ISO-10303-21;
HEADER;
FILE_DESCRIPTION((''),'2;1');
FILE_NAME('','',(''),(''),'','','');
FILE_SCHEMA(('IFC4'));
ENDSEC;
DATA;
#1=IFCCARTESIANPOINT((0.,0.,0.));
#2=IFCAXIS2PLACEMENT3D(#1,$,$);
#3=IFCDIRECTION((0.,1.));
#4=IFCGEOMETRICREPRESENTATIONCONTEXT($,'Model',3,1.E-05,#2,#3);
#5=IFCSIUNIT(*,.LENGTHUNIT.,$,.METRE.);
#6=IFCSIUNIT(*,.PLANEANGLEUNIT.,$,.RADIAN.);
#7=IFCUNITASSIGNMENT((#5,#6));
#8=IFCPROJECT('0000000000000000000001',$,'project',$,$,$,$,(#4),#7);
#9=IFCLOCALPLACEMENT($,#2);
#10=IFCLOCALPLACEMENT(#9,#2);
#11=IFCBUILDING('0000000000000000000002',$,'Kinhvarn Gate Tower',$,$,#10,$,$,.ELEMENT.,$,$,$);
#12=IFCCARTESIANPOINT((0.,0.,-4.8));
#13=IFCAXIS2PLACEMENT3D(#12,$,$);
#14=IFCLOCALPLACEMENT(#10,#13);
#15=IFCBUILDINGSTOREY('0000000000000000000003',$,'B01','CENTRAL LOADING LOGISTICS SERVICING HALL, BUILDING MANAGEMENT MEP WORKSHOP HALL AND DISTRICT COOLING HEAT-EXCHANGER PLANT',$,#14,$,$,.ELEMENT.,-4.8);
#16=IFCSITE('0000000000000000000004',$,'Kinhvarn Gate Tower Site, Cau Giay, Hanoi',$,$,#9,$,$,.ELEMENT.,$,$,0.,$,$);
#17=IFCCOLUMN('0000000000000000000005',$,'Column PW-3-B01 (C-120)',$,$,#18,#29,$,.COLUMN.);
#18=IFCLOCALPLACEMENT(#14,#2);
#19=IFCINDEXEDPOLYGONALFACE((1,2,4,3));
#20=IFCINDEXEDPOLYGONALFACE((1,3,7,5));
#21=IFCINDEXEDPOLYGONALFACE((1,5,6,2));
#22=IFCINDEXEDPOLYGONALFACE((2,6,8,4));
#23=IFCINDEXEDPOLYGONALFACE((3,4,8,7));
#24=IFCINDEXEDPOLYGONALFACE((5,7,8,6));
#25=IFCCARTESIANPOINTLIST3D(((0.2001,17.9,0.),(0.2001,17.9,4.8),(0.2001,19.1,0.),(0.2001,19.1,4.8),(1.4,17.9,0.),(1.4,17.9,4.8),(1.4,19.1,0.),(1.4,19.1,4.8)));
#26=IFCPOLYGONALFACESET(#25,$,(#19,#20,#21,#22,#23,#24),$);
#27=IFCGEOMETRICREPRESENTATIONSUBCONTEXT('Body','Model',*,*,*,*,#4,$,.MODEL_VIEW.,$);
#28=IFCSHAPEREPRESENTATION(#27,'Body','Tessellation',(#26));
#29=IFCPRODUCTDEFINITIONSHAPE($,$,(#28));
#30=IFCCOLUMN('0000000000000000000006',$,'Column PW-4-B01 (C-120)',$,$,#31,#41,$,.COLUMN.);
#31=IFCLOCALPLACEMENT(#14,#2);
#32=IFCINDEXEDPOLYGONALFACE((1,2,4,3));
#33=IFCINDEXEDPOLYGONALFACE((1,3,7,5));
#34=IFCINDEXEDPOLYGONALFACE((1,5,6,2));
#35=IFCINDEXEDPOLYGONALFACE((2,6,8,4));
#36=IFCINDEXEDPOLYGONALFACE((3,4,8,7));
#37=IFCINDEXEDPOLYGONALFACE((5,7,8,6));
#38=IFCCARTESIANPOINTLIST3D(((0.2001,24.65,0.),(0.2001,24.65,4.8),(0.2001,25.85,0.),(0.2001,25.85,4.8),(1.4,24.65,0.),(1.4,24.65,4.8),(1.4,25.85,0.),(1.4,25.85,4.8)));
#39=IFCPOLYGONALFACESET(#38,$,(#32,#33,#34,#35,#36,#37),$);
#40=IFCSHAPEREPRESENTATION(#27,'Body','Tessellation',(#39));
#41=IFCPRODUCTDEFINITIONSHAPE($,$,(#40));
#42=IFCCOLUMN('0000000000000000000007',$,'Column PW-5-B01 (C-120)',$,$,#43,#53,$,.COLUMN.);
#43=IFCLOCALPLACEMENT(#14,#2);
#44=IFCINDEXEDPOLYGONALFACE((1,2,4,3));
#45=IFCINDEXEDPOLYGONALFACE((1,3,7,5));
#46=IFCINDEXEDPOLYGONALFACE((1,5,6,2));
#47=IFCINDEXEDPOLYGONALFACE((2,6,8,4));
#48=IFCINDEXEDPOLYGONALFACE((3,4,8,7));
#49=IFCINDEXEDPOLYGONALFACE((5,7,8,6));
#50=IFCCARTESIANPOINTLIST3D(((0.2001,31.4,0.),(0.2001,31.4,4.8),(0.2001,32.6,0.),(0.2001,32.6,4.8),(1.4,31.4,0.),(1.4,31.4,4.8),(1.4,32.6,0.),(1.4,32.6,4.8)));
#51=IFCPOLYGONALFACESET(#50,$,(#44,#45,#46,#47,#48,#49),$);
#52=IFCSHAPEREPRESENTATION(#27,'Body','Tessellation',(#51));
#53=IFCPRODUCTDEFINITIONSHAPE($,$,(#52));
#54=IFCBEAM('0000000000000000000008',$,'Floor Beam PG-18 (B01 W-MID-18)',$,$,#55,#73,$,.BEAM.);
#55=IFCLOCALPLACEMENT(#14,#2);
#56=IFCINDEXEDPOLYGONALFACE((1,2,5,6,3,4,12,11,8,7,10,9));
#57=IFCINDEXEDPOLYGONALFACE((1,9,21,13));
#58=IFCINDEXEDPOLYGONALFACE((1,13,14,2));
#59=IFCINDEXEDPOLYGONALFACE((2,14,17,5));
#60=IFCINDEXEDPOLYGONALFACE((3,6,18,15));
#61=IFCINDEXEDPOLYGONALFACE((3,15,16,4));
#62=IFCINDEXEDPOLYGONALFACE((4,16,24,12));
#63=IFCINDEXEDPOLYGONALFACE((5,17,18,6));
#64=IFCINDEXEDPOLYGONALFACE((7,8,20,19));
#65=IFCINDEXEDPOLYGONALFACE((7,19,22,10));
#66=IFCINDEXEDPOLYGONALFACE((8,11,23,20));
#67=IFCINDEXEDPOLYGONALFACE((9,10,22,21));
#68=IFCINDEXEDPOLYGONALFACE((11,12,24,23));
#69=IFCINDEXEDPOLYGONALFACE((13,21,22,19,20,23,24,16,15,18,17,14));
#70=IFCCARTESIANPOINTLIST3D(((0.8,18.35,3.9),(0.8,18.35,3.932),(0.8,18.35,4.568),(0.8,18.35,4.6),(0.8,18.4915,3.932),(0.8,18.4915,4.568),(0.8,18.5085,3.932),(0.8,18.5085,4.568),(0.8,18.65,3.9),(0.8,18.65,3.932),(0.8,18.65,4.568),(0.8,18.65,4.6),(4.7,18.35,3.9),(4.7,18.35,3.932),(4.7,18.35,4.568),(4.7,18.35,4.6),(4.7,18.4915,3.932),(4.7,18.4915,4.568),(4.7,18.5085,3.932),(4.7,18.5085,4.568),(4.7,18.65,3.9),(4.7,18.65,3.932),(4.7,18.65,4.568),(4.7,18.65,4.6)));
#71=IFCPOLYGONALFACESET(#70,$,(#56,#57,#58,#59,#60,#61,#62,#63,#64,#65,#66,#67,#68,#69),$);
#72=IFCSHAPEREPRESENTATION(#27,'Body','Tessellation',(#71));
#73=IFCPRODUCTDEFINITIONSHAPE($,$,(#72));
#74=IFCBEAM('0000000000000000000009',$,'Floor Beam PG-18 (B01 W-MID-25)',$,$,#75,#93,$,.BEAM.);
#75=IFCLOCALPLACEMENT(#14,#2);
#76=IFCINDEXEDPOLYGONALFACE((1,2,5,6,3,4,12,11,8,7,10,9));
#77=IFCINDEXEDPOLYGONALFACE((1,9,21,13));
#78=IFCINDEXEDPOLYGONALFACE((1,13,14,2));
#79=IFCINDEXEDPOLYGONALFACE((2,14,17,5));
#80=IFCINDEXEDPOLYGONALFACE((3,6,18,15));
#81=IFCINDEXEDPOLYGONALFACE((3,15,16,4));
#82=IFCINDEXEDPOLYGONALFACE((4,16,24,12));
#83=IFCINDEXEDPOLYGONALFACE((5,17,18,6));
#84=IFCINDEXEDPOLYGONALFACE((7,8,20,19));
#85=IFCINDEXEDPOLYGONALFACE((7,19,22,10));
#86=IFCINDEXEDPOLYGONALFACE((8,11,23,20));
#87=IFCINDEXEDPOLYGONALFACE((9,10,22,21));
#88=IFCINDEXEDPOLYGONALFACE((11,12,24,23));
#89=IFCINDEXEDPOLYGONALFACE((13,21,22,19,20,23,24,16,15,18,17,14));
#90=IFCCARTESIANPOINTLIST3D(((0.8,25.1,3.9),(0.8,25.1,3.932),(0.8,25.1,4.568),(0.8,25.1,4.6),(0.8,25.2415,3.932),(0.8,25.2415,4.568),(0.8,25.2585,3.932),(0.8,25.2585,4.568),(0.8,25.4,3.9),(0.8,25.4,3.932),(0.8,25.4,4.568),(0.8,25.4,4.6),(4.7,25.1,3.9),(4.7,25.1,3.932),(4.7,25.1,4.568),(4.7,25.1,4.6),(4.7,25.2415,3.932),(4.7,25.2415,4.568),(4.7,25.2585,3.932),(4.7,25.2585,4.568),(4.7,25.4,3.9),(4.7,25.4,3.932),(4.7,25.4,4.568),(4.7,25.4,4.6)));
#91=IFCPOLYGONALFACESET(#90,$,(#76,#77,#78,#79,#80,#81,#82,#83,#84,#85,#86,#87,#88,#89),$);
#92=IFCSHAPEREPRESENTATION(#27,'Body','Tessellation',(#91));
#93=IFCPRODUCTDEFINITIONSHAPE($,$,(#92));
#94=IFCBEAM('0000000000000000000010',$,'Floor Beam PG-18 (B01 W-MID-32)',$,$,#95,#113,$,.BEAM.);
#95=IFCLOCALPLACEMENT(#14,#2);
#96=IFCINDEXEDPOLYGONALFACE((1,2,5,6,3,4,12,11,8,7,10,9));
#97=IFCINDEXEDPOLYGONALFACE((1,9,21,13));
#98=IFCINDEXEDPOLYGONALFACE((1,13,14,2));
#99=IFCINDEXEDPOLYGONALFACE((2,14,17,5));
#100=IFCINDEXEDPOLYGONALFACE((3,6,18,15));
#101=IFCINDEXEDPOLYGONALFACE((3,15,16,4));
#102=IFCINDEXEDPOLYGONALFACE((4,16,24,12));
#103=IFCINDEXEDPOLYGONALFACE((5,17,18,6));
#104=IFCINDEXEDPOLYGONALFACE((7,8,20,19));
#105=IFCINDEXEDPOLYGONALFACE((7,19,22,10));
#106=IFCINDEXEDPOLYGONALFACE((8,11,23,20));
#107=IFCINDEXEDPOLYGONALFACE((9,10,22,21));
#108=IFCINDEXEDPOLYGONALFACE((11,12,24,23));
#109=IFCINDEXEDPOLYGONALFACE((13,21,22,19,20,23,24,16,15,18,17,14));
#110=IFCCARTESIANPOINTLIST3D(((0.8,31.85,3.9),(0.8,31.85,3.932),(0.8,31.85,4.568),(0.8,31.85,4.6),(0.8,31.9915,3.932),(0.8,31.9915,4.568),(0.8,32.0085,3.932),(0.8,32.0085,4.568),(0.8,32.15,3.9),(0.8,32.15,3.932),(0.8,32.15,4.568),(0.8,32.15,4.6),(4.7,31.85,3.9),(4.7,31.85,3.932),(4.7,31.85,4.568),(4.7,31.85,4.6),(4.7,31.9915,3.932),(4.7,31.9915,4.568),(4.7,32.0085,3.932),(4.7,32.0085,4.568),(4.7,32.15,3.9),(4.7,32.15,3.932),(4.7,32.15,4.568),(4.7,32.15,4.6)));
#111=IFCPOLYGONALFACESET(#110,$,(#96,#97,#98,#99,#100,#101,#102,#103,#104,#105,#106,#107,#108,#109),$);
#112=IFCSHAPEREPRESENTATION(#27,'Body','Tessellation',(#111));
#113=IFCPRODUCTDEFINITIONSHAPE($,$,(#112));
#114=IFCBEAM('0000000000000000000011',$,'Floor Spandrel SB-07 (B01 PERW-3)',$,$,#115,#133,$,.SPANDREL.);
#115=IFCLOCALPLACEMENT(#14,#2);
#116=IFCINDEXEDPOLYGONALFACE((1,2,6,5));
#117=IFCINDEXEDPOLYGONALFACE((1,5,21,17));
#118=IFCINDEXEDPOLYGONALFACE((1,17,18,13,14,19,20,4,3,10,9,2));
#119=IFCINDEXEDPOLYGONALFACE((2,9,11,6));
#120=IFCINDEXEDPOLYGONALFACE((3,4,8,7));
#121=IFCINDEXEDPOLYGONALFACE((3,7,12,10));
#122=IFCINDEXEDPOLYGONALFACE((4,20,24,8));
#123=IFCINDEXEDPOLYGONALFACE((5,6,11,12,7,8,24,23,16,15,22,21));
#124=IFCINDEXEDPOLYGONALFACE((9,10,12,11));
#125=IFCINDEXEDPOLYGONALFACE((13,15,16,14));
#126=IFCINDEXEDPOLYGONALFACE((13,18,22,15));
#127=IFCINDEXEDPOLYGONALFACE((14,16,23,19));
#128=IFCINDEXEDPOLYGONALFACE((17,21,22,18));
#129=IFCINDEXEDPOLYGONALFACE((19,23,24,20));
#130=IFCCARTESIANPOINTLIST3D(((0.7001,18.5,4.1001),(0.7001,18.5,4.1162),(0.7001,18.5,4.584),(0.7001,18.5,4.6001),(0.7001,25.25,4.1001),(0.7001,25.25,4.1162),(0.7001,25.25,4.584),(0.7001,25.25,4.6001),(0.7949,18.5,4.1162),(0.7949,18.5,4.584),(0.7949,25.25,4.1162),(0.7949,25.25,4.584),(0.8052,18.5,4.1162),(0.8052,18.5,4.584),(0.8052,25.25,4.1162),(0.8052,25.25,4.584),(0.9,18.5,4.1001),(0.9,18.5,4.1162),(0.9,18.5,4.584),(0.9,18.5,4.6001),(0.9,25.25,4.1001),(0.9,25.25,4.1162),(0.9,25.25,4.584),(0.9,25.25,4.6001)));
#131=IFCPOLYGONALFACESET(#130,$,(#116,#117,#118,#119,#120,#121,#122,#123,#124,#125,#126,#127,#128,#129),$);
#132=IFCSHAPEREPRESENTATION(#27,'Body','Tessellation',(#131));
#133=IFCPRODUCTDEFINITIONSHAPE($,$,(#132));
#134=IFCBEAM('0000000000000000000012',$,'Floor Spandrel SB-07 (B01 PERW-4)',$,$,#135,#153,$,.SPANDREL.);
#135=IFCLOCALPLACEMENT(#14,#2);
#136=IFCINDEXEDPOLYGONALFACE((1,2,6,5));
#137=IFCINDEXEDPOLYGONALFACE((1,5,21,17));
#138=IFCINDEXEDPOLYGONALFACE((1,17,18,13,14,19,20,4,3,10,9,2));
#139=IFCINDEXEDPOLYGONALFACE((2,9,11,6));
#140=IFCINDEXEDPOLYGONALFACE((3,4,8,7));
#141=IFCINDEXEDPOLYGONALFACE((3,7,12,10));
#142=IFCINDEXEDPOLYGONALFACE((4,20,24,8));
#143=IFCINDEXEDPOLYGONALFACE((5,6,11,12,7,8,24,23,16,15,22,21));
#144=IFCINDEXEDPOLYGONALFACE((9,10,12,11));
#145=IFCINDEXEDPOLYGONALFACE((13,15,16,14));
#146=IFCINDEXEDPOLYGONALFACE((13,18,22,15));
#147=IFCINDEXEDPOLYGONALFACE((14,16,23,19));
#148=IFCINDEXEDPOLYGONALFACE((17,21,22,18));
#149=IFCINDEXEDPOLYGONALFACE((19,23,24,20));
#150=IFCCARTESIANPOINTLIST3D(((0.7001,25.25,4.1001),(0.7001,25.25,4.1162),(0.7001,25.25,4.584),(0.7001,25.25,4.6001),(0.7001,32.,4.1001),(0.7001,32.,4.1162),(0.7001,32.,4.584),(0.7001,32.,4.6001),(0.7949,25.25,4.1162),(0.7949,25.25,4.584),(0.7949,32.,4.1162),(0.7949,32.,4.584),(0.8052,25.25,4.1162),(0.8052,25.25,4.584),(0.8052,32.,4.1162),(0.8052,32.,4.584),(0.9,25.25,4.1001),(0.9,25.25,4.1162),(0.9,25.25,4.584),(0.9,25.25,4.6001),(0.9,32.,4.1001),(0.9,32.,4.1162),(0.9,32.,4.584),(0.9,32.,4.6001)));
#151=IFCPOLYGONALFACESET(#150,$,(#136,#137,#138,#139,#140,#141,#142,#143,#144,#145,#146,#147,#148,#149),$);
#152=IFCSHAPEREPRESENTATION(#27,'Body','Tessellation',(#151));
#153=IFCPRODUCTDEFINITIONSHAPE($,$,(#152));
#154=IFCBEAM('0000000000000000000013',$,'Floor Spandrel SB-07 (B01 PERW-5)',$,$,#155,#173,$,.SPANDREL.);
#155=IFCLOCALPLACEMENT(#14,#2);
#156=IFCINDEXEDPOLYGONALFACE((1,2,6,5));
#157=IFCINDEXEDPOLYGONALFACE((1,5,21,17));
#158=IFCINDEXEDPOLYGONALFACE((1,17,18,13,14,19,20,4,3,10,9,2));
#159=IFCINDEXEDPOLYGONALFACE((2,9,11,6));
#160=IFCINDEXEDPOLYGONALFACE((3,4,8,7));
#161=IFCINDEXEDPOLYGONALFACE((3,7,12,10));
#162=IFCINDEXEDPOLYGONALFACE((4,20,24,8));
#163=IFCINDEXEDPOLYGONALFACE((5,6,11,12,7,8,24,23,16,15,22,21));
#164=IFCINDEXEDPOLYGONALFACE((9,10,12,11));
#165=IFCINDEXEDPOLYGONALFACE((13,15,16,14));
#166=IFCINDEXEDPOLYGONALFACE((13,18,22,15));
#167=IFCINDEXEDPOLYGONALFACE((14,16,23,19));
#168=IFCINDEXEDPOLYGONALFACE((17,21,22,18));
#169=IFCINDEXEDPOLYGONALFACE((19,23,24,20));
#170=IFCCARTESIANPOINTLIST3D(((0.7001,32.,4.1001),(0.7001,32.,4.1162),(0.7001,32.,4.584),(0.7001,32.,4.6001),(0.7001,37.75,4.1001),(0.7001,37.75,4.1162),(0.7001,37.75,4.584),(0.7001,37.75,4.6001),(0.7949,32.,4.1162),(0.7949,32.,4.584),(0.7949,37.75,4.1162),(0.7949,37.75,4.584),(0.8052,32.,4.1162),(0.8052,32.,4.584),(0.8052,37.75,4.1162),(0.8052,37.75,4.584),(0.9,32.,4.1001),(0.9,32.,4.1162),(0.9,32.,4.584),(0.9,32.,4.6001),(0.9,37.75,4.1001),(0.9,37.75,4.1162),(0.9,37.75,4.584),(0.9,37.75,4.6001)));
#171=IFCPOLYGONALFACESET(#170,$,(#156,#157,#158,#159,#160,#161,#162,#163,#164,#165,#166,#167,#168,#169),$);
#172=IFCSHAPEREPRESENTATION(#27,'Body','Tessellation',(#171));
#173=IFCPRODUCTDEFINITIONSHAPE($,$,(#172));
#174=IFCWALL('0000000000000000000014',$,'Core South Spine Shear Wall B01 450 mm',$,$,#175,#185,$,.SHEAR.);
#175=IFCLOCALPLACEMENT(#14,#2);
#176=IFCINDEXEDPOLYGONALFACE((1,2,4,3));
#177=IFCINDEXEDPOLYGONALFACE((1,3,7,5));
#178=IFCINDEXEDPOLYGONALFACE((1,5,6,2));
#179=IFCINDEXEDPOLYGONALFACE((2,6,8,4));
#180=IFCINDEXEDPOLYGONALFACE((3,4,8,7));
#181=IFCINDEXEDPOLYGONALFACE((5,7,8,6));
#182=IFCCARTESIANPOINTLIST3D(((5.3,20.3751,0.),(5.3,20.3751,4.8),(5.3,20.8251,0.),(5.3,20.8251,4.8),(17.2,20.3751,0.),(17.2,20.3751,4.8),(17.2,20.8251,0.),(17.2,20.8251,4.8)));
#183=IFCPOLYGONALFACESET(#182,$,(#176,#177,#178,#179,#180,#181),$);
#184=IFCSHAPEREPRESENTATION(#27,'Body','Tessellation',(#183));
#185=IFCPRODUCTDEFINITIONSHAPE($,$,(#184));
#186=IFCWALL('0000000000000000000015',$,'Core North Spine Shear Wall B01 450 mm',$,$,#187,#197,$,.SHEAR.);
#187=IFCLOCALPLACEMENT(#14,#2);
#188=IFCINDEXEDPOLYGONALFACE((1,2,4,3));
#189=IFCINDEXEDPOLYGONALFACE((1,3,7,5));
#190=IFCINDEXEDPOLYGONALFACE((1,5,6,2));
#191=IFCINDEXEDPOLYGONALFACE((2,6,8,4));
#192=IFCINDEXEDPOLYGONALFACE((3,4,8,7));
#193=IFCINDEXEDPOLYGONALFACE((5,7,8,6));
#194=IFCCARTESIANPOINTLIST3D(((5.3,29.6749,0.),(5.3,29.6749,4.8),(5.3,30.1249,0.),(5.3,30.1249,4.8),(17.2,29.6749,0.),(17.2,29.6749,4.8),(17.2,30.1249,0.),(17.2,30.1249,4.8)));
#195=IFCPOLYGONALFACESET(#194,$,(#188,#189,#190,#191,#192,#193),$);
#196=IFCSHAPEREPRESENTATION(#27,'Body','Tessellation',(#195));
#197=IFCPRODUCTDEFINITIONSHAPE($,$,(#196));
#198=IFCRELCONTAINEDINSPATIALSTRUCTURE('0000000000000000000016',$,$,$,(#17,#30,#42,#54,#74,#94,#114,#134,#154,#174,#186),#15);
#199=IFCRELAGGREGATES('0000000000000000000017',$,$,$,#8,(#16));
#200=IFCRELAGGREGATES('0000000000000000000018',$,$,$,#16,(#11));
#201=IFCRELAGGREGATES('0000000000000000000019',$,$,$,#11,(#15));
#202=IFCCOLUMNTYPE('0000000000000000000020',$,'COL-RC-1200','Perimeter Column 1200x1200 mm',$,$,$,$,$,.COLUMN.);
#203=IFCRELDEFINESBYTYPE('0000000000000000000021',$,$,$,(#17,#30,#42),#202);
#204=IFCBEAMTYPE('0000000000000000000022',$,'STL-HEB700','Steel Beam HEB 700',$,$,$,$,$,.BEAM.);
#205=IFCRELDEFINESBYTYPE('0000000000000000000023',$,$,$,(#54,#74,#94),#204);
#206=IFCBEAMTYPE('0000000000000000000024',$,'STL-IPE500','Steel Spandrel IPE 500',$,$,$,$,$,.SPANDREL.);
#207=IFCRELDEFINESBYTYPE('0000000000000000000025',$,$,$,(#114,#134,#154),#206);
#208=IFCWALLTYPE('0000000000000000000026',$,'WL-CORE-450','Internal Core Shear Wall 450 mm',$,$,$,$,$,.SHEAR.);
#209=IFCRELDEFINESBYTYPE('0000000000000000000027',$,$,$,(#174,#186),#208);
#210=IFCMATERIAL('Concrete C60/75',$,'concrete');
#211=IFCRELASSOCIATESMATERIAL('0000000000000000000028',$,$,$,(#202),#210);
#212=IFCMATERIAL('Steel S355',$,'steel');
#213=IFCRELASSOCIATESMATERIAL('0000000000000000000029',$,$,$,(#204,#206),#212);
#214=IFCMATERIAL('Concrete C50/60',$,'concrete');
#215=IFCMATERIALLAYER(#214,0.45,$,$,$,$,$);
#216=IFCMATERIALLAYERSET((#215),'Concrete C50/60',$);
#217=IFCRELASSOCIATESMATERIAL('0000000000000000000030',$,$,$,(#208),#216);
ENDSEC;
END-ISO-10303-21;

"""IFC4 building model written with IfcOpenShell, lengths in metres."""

from ifc_helpers import new_model, si_unit, direction, frame, frame_2d, origin, origin_2d, place, context, subcontext, project, spatial, rectangle, i_section, extrude, material, layer, layer_set, material_profile, profile_set, type_object, element, save


model = new_model("IFC4")

# Units and contexts
model_context = context("Model", 3, precision=1e-05, world=origin(), true_north=direction((0.0, 1.0)))
body_context = subcontext(model_context, "Body", "Model", "MODEL_VIEW")
ifc_project = project(units=[si_unit("LENGTHUNIT", "METRE"), si_unit("PLANEANGLEUNIT", "RADIAN")], contexts=[model_context])

# Site, building, storey
site_placement = place(None, origin())
site = spatial("IfcSite", under=ifc_project, at=site_placement, Name="Kinhvarn Gate Tower Site, Cau Giay, Hanoi", CompositionType="ELEMENT", RefElevation=0.0)
building_placement = place(site_placement, origin())
building = spatial("IfcBuilding", under=site, at=building_placement, Name="Kinhvarn Gate Tower", CompositionType="ELEMENT")
storey_placement = place(building_placement, frame((0.0, 0.0, -4.8)))
storey = spatial("IfcBuildingStorey", under=building, at=storey_placement, Name="B01", Description="CENTRAL LOADING LOGISTICS SERVICING HALL, BUILDING MANAGEMENT MEP WORKSHOP HALL AND DISTRICT COOLING HEAT-EXCHANGER PLANT", CompositionType="ELEMENT", Elevation=-4.8)

# Columns
ifc_material_1 = material(Name="Concrete C60/75", Category="concrete")
ifc_material_profile_1 = material_profile(ifc_material_1, rectangle(XDim=1.2, YDim=1.2, at=origin_2d()), Name="RC 1200x1200")
ifc_profile_set_1 = profile_set([ifc_material_profile_1], Name="Concrete C60/75")
column_type = type_object("IfcColumnType", Name="COL-RC-1200", Description="Perimeter Column 1200x1200 mm", PredefinedType="COLUMN", material=ifc_profile_set_1)
for number, where, z_axis, x_axis, name in (
    (1, (0.8, 18.5, 0.0), (0.0, 0.0, 1.0), (1.0, 0.0, 0.0), "Column PW-3-B01 (C-120)"),
    (2, (0.8, 25.25, 0.0), (0.0, 0.0, 1.0), (1.0, 0.0, 0.0), "Column PW-4-B01 (C-120)"),
    (3, (0.8, 32.0, 0.0), (0.0, 0.0, 1.0), (1.0, 0.0, 0.0), "Column PW-5-B01 (C-120)"),
):
    element("IfcColumn", number, at=place(storey_placement, frame(where, z_axis=z_axis, x_axis=x_axis)), inside=storey, type_object=column_type, Name=name, PredefinedType="COLUMN", context=body_context, shape_type="SweptSolid", body=[
        extrude(rectangle(XDim=1.2, YDim=1.2, at=origin_2d()), origin(), (0.0, 0.0, 1.0), 4.8),
    ])

# Beams
ifc_material_2 = material(Name="Steel S355", Category="steel")
ifc_material_profile_2 = material_profile(ifc_material_2, i_section(OverallWidth=0.3, OverallDepth=0.7, WebThickness=0.0171, FlangeThickness=0.032, at=origin_2d()), Name="HEB 700")
ifc_profile_set_2 = profile_set([ifc_material_profile_2], Name="Steel S355")
beam_type_1 = type_object("IfcBeamType", Name="STL-HEB700", Description="Steel Beam HEB 700", PredefinedType="BEAM", material=ifc_profile_set_2)
for number, where, z_axis, x_axis, name in (
    (4, (0.8, 18.5, 4.25), (1.0, 0.0, 0.0), (0.0, 1.0, 0.0), "Floor Beam PG-18 (B01 W-MID-18)"),
    (5, (0.8, 25.25, 4.25), (1.0, 0.0, 0.0), (0.0, 1.0, 0.0), "Floor Beam PG-18 (B01 W-MID-25)"),
    (6, (0.8, 32.0, 4.25), (1.0, 0.0, 0.0), (0.0, 1.0, 0.0), "Floor Beam PG-18 (B01 W-MID-32)"),
):
    element("IfcBeam", number, at=place(storey_placement, frame(where, z_axis=z_axis, x_axis=x_axis)), inside=storey, type_object=beam_type_1, Name=name, PredefinedType="BEAM", context=body_context, shape_type="SweptSolid", body=[
        extrude(i_section(OverallWidth=0.3, OverallDepth=0.7, WebThickness=0.0171, FlangeThickness=0.032, at=origin_2d()), origin(), (0.0, 0.0, 1.0), 3.8999),
    ])
ifc_material_profile_3 = material_profile(ifc_material_2, i_section(OverallWidth=0.2, OverallDepth=0.5, WebThickness=0.0103, FlangeThickness=0.0161, at=origin_2d()), Name="IPE 500")
ifc_profile_set_3 = profile_set([ifc_material_profile_3], Name="Steel S355")
beam_type_2 = type_object("IfcBeamType", Name="STL-IPE500", Description="Steel Spandrel IPE 500", PredefinedType="SPANDREL", material=ifc_profile_set_3)
for number, where, z_axis, x_axis, name in (
    (7, (0.8, 18.5, 4.3501), (0.0, 1.0, 0.0), (-1.0, 0.0, 0.0), "Floor Spandrel SB-07 (B01 PERW-3)"),
    (8, (0.8, 25.25, 4.3501), (0.0, 1.0, 0.0), (-1.0, 0.0, 0.0), "Floor Spandrel SB-07 (B01 PERW-4)"),
):
    element("IfcBeam", number, at=place(storey_placement, frame(where, z_axis=z_axis, x_axis=x_axis)), inside=storey, type_object=beam_type_2, Name=name, PredefinedType="SPANDREL", context=body_context, shape_type="SweptSolid", body=[
        extrude(i_section(OverallWidth=0.2, OverallDepth=0.5, WebThickness=0.0103, FlangeThickness=0.0161, at=origin_2d()), origin(), (0.0, 0.0, 1.0), 6.75),
    ])
beam_placement = place(storey_placement, frame((0.8, 32.0, 4.3501), z_axis=(0.0, 1.0, 0.0), x_axis=(-1.0, 0.0, 0.0)))
element("IfcBeam", 9, at=beam_placement, inside=storey, type_object=beam_type_2, Name="Floor Spandrel SB-07 (B01 PERW-5)", PredefinedType="SPANDREL", context=body_context, shape_type="SweptSolid", body=[
    extrude(i_section(OverallWidth=0.2, OverallDepth=0.5, WebThickness=0.0103, FlangeThickness=0.0161, at=origin_2d()), origin(), (0.0, 0.0, 1.0), 5.75),
])

# Walls
ifc_material_3 = material(Name="Concrete C50/60", Category="concrete")
ifc_layer_1 = layer(ifc_material_3, 0.45)
ifc_layer_set_1 = layer_set([ifc_layer_1], Name="Concrete C50/60")
wall_type_1 = type_object("IfcWallType", Name="WL-CORE-450", Description="Internal Core Shear Wall 450 mm", PredefinedType="SHEAR", material=ifc_layer_set_1)
for number, where, z_axis, x_axis, name in (
    (10, (5.3, 20.6001, 0.0), (0.0, 0.0, 1.0), (1.0, 0.0, 0.0), "Core South Spine Shear Wall B01 450 mm"),
    (11, (5.3, 29.8999, 0.0), (0.0, 0.0, 1.0), (1.0, 0.0, 0.0), "Core North Spine Shear Wall B01 450 mm"),
):
    element("IfcWall", number, at=place(storey_placement, frame(where, z_axis=z_axis, x_axis=x_axis)), inside=storey, type_object=wall_type_1, Name=name, PredefinedType="SHEAR", context=body_context, shape_type="SweptSolid", body=[
        extrude(rectangle(XDim=11.8999, YDim=0.45, at=frame_2d((5.95, 0.0))), origin(), (0.0, 0.0, 1.0), 4.8),
    ])

save(model, "model.ifc")
